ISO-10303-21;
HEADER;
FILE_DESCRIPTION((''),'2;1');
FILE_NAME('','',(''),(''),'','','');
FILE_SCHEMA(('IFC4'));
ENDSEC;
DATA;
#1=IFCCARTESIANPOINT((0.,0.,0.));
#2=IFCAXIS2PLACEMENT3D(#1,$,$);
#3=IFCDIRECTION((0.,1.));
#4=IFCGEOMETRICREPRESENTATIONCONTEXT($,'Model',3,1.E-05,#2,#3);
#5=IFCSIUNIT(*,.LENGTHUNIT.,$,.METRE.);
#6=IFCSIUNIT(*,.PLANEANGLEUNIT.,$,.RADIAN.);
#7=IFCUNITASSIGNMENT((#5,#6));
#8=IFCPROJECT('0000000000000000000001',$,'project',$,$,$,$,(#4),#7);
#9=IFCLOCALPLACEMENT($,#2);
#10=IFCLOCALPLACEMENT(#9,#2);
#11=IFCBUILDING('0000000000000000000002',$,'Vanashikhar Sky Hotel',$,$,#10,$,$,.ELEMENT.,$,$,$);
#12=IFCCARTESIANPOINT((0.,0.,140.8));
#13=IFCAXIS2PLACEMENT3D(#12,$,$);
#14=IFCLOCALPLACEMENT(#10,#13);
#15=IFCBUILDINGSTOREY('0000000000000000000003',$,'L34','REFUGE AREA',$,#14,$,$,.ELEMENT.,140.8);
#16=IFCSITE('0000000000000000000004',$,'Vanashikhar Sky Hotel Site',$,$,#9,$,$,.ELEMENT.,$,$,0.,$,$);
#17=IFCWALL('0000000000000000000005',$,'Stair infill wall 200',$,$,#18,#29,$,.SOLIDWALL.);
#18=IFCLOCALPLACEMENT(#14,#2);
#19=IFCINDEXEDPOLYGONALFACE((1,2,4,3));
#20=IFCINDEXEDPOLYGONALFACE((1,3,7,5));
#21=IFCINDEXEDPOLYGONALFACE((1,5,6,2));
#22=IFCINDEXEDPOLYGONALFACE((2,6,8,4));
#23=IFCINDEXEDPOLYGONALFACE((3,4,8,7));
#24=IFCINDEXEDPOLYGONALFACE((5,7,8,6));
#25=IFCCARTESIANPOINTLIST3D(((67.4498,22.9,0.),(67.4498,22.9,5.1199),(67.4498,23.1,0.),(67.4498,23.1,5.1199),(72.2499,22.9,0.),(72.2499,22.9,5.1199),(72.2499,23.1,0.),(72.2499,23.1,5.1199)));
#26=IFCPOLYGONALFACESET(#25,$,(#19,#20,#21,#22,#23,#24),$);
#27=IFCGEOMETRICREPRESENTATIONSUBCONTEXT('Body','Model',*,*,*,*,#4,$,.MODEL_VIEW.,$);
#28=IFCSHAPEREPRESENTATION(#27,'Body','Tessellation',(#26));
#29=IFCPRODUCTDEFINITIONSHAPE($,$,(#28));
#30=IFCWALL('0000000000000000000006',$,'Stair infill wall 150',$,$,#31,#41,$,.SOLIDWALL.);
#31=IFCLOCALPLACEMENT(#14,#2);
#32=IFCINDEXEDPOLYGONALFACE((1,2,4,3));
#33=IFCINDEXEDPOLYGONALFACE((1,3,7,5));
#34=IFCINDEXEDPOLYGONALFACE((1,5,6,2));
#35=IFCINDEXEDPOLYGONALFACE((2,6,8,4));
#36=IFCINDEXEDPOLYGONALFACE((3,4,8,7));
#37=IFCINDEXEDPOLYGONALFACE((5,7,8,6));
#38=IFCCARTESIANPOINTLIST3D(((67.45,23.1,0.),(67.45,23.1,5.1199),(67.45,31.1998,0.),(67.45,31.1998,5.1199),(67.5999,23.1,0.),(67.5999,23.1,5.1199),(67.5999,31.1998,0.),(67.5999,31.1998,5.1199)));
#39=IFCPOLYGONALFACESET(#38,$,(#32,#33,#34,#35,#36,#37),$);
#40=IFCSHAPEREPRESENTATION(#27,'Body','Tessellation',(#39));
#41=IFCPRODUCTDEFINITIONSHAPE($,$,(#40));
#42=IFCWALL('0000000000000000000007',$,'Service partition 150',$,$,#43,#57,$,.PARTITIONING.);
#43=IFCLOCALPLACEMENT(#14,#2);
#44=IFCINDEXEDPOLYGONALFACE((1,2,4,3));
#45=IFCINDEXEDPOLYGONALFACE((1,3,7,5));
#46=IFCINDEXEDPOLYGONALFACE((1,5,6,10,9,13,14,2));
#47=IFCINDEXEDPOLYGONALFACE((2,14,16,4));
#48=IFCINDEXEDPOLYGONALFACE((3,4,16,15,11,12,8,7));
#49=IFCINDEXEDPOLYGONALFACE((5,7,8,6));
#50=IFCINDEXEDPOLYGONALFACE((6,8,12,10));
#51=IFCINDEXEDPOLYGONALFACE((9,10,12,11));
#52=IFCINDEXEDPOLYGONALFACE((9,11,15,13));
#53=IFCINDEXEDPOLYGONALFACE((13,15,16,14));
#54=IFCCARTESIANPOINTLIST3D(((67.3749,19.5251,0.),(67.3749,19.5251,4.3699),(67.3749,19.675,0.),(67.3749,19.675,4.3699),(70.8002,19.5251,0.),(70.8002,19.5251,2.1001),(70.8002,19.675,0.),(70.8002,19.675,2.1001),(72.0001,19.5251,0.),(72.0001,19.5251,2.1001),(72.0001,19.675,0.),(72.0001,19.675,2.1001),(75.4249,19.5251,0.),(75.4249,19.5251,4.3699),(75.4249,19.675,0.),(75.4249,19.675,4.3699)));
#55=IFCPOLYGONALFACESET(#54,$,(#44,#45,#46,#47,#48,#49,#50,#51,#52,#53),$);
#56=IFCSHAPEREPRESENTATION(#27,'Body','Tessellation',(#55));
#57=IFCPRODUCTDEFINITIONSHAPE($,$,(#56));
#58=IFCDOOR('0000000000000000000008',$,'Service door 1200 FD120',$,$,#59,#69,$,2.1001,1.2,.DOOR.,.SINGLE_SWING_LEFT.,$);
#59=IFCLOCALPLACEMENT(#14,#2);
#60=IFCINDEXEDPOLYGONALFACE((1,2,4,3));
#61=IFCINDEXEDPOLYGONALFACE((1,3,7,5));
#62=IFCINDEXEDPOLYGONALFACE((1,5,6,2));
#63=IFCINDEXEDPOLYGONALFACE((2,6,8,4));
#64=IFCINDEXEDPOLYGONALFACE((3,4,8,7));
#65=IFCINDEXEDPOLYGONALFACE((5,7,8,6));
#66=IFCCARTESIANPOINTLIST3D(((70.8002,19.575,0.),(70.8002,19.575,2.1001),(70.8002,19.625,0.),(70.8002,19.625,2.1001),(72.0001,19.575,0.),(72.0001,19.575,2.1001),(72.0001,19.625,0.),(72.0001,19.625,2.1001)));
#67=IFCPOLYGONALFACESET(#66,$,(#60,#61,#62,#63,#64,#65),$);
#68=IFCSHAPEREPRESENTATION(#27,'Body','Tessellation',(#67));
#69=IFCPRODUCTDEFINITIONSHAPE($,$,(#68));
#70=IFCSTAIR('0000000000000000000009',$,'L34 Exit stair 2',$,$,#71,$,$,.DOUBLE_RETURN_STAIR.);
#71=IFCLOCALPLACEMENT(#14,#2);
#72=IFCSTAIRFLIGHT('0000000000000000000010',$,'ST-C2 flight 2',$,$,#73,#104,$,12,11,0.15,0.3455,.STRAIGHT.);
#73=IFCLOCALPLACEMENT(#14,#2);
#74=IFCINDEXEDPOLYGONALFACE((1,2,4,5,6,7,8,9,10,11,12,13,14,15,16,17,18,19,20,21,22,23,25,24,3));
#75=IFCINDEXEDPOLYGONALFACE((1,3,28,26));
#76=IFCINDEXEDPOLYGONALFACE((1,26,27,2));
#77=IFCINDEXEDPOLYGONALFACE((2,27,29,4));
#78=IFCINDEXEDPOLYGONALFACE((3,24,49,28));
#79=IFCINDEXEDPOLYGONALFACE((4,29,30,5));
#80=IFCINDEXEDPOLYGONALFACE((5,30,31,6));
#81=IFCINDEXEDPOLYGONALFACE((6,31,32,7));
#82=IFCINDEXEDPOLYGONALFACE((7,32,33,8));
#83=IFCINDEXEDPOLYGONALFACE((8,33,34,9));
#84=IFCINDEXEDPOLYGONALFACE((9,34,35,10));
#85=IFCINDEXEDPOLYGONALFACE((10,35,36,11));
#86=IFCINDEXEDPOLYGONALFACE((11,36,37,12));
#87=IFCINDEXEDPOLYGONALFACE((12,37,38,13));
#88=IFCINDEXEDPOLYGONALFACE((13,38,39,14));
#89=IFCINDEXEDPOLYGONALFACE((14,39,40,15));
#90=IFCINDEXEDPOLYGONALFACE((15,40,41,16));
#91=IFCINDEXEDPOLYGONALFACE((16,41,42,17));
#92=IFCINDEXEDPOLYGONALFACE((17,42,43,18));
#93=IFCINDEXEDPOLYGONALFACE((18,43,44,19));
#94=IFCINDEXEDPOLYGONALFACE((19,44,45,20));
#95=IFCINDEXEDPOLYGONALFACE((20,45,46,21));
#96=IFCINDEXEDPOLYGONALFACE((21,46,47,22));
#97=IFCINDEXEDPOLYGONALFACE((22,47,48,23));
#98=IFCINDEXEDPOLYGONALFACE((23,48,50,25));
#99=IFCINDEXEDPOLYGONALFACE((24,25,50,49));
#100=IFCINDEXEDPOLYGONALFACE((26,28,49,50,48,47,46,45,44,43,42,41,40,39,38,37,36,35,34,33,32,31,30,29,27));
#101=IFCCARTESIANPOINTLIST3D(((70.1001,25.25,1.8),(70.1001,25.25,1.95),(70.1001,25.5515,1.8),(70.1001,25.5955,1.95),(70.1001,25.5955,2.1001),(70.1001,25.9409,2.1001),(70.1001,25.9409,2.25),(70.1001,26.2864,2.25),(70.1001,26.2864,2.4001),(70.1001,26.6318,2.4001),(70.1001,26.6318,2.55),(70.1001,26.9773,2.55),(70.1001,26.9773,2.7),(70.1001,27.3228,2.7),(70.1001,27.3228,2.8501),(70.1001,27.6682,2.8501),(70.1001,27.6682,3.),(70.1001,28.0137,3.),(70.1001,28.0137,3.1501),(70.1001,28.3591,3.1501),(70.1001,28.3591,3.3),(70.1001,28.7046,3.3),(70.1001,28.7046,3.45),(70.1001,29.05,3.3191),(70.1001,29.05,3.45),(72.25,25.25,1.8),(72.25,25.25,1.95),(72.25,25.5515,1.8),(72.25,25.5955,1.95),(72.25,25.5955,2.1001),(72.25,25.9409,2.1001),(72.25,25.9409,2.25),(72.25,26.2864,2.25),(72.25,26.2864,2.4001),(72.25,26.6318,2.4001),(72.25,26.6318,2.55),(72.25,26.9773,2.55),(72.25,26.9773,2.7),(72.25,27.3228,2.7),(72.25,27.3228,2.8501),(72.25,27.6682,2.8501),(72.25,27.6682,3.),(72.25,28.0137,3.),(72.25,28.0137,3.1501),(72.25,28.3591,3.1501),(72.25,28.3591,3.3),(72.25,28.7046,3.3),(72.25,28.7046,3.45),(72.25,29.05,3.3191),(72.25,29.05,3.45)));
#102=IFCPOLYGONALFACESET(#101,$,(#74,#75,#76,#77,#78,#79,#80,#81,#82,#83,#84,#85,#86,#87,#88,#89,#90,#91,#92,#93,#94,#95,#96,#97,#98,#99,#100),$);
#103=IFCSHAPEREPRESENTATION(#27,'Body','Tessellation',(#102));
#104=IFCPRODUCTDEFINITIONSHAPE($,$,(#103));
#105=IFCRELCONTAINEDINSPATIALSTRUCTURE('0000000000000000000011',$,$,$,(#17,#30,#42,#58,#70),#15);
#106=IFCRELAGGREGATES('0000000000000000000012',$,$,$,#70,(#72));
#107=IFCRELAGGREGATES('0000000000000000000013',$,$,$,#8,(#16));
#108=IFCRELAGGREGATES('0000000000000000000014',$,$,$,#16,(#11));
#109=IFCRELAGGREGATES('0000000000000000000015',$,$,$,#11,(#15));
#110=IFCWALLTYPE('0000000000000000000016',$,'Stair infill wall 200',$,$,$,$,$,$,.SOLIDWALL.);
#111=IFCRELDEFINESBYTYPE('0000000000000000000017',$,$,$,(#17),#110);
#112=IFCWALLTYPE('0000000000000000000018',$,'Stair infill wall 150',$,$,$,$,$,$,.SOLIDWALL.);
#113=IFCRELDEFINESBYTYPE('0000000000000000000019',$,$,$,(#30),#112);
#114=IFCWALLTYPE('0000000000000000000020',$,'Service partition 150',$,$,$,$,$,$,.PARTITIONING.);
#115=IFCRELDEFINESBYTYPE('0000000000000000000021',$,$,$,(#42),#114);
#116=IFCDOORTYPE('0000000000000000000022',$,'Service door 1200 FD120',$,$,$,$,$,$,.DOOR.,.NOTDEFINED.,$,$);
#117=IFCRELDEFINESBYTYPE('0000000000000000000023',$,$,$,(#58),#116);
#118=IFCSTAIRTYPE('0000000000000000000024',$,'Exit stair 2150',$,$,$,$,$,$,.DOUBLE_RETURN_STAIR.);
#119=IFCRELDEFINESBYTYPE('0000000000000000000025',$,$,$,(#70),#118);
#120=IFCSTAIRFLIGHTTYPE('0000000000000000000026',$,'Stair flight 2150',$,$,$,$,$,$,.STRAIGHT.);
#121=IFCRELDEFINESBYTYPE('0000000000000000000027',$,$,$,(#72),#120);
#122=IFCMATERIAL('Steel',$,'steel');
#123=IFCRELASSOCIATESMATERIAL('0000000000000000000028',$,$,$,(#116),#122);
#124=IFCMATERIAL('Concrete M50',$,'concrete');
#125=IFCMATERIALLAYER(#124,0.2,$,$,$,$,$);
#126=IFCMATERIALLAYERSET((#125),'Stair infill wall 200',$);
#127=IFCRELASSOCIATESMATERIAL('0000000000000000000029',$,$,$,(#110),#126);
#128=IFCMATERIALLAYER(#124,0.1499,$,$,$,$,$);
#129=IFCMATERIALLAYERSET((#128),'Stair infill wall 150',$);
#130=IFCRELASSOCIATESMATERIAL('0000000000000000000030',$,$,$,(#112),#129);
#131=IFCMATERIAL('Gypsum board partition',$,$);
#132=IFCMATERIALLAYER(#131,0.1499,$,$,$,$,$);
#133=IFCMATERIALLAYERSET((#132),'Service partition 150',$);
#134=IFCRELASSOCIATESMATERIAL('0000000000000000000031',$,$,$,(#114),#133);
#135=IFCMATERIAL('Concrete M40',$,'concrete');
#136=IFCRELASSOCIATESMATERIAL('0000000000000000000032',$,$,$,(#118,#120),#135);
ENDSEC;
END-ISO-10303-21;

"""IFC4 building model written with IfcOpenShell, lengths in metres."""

from ifc_helpers import new_model, si_unit, direction, frame, frame_2d, origin, place, context, subcontext, project, spatial, polyline, rectangle, outline, extrude, source, transform, mapped, material, layer, layer_set, type_object, element, fill, aggregate, save


model = new_model("IFC4")

# Units and contexts
model_context = context("Model", 3, precision=1e-05, world=origin(), true_north=direction((0.0, 1.0)))
body_context = subcontext(model_context, "Body", "Model", "MODEL_VIEW")
ifc_project = project(units=[si_unit("LENGTHUNIT", "METRE"), si_unit("PLANEANGLEUNIT", "RADIAN")], contexts=[model_context])

# Site, building, storey
site_placement = place(None, origin())
site = spatial("IfcSite", under=ifc_project, at=site_placement, Name="Vanashikhar Sky Hotel Site", CompositionType="ELEMENT", RefElevation=0.0)
building_placement = place(site_placement, origin())
building = spatial("IfcBuilding", under=site, at=building_placement, Name="Vanashikhar Sky Hotel", CompositionType="ELEMENT")
storey_placement = place(building_placement, frame((0.0, 0.0, 140.8)))
storey = spatial("IfcBuildingStorey", under=building, at=storey_placement, Name="L34", Description="REFUGE AREA", CompositionType="ELEMENT", Elevation=140.8)

# Shared definitions
ifc_material_1 = material(Name="Concrete M50", Category="concrete")

# Shared definitions
ifc_material_2 = material(Name="Steel", Category="steel")
door_type_1 = type_object("IfcDoorType", Name="Service door 1200 FD120", OperationType="NOTDEFINED", PredefinedType="DOOR", material=ifc_material_2)
shared_shape_1 = source(origin(), body_context, "Body", "SweptSolid", [
    extrude(rectangle(XDim=1.2, YDim=2.1001, at=frame_2d((0.6001, 1.05))), frame((0.0, 0.0249, 0.0), z_axis=(0.0, -1.0, 0.0), x_axis=(1.0, 0.0, 0.0)), (0.0, 0.0, 1.0), 0.05),
])

# Shared definitions
ifc_material_3 = material(Name="Concrete M40", Category="concrete")

# Walls
ifc_layer_1 = layer(ifc_material_1, 0.2)
ifc_layer_set_1 = layer_set([ifc_layer_1], Name="Stair infill wall 200")
wall_type_1 = type_object("IfcWallType", Name="Stair infill wall 200", PredefinedType="SOLIDWALL", material=ifc_layer_set_1)
shared_shape_2 = source(origin(), body_context, "Body", "SweptSolid", [
    extrude(rectangle(XDim=4.8, YDim=0.2, at=frame_2d((2.3999, 0.0))), origin(), (0.0, 0.0, 1.0), 5.1199),
])
wall_1_placement = place(storey_placement, frame((67.45, 23.0, 0.0), z_axis=(0.0, 0.0, 1.0), x_axis=(1.0, 0.0, 0.0)))
element("IfcWall", 1, at=wall_1_placement, inside=storey, type_object=wall_type_1, Name="Stair infill wall 200", PredefinedType="SOLIDWALL", context=body_context, shape_type="MappedRepresentation", body=[
    mapped(shared_shape_2, transform((0.0, 0.0, 0.0), scale=1.0)),
])
ifc_layer_2 = layer(ifc_material_1, 0.1499)
ifc_layer_set_2 = layer_set([ifc_layer_2], Name="Stair infill wall 150")
wall_type_2 = type_object("IfcWallType", Name="Stair infill wall 150", PredefinedType="SOLIDWALL", material=ifc_layer_set_2)
shared_shape_3 = source(origin(), body_context, "Body", "SweptSolid", [
    extrude(rectangle(XDim=8.0999, YDim=0.1499, at=frame_2d((4.0498, 0.0))), origin(), (0.0, 0.0, 1.0), 5.1199),
])
wall_2_placement = place(storey_placement, frame((67.5249, 23.1001, 0.0), z_axis=(0.0, 0.0, 1.0), x_axis=(0.0, 1.0, 0.0)))
element("IfcWall", 2, at=wall_2_placement, inside=storey, type_object=wall_type_2, Name="Stair infill wall 150", PredefinedType="SOLIDWALL", context=body_context, shape_type="MappedRepresentation", body=[
    mapped(shared_shape_3, transform((0.0, 0.0, 0.0), scale=1.0)),
])

# Wall, opening, door
ifc_material_4 = material(Name="Gypsum board partition")
ifc_layer_3 = layer(ifc_material_4, 0.1499)
ifc_layer_set_3 = layer_set([ifc_layer_3], Name="Service partition 150")
wall_type_3 = type_object("IfcWallType", Name="Service partition 150", PredefinedType="PARTITIONING", material=ifc_layer_set_3)
shared_shape_4 = source(origin(), body_context, "Body", "SweptSolid", [
    extrude(rectangle(XDim=8.05, YDim=0.1499, at=frame_2d((4.0249, 0.0))), origin(), (0.0, 0.0, 1.0), 4.3699),
])
wall_3_placement = place(storey_placement, frame((67.375, 19.6001, 0.0), z_axis=(0.0, 0.0, 1.0), x_axis=(1.0, 0.0, 0.0)))
wall_3 = element("IfcWall", 3, at=wall_3_placement, inside=storey, type_object=wall_type_3, Name="Service partition 150", PredefinedType="PARTITIONING", context=body_context, shape_type="MappedRepresentation", body=[
    mapped(shared_shape_4, transform((0.0, 0.0, 0.0), scale=1.0)),
])
shared_shape_5 = source(origin(), body_context, "Body", "SweptSolid", [
    extrude(rectangle(XDim=1.2, YDim=2.1001, at=frame_2d((0.6001, 1.05))), frame((0.0, 0.085, 0.0), z_axis=(0.0, -1.0, 0.0), x_axis=(1.0, 0.0, 0.0)), (0.0, 0.0, 1.0), 0.1699),
])
opening_1_placement = place(wall_3_placement, frame((3.425, 0.0, 0.0)))
opening_1 = element("IfcOpeningElement", 4, at=opening_1_placement, cuts=wall_3, PredefinedType="OPENING", context=body_context, shape_type="MappedRepresentation", body=[
    mapped(shared_shape_5, transform((0.0, 0.0, 0.0), scale=1.0)),
])
door_1_placement = place(opening_1_placement, origin())
door_1 = element("IfcDoor", 5, at=door_1_placement, inside=storey, type_object=door_type_1, Name="Service door 1200 FD120", OperationType="SINGLE_SWING_LEFT", OverallHeight=2.1001, OverallWidth=1.2, PredefinedType="DOOR", context=body_context, shape_type="MappedRepresentation", body=[
    mapped(shared_shape_1, transform((0.0, 0.0, 0.0), scale=1.0)),
])
fill(opening_1, door_1)

# Stair, stair flight
stair_type = type_object("IfcStairType", Name="Exit stair 2150", PredefinedType="DOUBLE_RETURN_STAIR", material=ifc_material_3)
stair_placement = place(storey_placement, origin())
stair = element("IfcStair", 6, at=stair_placement, inside=storey, type_object=stair_type, Name="L34 Exit stair 2", PredefinedType="DOUBLE_RETURN_STAIR")
stair_flight_type = type_object("IfcStairFlightType", Name="Stair flight 2150", PredefinedType="STRAIGHT", material=ifc_material_3)
shared_shape_6 = source(origin(), body_context, "Body", "SweptSolid", [
    extrude(outline(polyline([(0.0, 0.0), (0.0, 0.1499), (0.3455, 0.1499), (0.3455, 0.3), (0.6909, 0.3), (0.6909, 0.45), (1.0364, 0.45), (1.0364, 0.6001), (1.3818, 0.6001), (1.3818, 0.75), (1.7273, 0.75), (1.7273, 0.8999), (2.0728, 0.8999), (2.0728, 1.05), (2.4182, 1.05), (2.4182, 1.2), (2.7637, 1.2), (2.7637, 1.3501), (3.1091, 1.3501), (3.1091, 1.5), (3.4546, 1.5), (3.4546, 1.6499), (3.8, 1.6499), (3.8, 1.8), (3.8, 1.519), (0.3015, 0.0), (0.0, 0.0)])), frame((0.0, 1.075, 0.0), z_axis=(0.0, -1.0, 0.0), x_axis=(1.0, 0.0, 0.0)), (0.0, 0.0, 1.0), 2.1499),
])
stair_flight_placement = place(storey_placement, frame((71.175, 25.25, 1.8), z_axis=(0.0, 0.0, 1.0), x_axis=(0.0, 1.0, 0.0)))
stair_flight = element("IfcStairFlight", 7, at=stair_flight_placement, type_object=stair_flight_type, Name="ST-C2 flight 2", NumberOfRisers=12, NumberOfTreads=11, PredefinedType="STRAIGHT", RiserHeight=0.15, TreadLength=0.3455, context=body_context, shape_type="MappedRepresentation", body=[
    mapped(shared_shape_6, transform((0.0, 0.0, 0.0), scale=1.0)),
])
aggregate(stair, [stair_flight])

save(model, "model.ifc")
